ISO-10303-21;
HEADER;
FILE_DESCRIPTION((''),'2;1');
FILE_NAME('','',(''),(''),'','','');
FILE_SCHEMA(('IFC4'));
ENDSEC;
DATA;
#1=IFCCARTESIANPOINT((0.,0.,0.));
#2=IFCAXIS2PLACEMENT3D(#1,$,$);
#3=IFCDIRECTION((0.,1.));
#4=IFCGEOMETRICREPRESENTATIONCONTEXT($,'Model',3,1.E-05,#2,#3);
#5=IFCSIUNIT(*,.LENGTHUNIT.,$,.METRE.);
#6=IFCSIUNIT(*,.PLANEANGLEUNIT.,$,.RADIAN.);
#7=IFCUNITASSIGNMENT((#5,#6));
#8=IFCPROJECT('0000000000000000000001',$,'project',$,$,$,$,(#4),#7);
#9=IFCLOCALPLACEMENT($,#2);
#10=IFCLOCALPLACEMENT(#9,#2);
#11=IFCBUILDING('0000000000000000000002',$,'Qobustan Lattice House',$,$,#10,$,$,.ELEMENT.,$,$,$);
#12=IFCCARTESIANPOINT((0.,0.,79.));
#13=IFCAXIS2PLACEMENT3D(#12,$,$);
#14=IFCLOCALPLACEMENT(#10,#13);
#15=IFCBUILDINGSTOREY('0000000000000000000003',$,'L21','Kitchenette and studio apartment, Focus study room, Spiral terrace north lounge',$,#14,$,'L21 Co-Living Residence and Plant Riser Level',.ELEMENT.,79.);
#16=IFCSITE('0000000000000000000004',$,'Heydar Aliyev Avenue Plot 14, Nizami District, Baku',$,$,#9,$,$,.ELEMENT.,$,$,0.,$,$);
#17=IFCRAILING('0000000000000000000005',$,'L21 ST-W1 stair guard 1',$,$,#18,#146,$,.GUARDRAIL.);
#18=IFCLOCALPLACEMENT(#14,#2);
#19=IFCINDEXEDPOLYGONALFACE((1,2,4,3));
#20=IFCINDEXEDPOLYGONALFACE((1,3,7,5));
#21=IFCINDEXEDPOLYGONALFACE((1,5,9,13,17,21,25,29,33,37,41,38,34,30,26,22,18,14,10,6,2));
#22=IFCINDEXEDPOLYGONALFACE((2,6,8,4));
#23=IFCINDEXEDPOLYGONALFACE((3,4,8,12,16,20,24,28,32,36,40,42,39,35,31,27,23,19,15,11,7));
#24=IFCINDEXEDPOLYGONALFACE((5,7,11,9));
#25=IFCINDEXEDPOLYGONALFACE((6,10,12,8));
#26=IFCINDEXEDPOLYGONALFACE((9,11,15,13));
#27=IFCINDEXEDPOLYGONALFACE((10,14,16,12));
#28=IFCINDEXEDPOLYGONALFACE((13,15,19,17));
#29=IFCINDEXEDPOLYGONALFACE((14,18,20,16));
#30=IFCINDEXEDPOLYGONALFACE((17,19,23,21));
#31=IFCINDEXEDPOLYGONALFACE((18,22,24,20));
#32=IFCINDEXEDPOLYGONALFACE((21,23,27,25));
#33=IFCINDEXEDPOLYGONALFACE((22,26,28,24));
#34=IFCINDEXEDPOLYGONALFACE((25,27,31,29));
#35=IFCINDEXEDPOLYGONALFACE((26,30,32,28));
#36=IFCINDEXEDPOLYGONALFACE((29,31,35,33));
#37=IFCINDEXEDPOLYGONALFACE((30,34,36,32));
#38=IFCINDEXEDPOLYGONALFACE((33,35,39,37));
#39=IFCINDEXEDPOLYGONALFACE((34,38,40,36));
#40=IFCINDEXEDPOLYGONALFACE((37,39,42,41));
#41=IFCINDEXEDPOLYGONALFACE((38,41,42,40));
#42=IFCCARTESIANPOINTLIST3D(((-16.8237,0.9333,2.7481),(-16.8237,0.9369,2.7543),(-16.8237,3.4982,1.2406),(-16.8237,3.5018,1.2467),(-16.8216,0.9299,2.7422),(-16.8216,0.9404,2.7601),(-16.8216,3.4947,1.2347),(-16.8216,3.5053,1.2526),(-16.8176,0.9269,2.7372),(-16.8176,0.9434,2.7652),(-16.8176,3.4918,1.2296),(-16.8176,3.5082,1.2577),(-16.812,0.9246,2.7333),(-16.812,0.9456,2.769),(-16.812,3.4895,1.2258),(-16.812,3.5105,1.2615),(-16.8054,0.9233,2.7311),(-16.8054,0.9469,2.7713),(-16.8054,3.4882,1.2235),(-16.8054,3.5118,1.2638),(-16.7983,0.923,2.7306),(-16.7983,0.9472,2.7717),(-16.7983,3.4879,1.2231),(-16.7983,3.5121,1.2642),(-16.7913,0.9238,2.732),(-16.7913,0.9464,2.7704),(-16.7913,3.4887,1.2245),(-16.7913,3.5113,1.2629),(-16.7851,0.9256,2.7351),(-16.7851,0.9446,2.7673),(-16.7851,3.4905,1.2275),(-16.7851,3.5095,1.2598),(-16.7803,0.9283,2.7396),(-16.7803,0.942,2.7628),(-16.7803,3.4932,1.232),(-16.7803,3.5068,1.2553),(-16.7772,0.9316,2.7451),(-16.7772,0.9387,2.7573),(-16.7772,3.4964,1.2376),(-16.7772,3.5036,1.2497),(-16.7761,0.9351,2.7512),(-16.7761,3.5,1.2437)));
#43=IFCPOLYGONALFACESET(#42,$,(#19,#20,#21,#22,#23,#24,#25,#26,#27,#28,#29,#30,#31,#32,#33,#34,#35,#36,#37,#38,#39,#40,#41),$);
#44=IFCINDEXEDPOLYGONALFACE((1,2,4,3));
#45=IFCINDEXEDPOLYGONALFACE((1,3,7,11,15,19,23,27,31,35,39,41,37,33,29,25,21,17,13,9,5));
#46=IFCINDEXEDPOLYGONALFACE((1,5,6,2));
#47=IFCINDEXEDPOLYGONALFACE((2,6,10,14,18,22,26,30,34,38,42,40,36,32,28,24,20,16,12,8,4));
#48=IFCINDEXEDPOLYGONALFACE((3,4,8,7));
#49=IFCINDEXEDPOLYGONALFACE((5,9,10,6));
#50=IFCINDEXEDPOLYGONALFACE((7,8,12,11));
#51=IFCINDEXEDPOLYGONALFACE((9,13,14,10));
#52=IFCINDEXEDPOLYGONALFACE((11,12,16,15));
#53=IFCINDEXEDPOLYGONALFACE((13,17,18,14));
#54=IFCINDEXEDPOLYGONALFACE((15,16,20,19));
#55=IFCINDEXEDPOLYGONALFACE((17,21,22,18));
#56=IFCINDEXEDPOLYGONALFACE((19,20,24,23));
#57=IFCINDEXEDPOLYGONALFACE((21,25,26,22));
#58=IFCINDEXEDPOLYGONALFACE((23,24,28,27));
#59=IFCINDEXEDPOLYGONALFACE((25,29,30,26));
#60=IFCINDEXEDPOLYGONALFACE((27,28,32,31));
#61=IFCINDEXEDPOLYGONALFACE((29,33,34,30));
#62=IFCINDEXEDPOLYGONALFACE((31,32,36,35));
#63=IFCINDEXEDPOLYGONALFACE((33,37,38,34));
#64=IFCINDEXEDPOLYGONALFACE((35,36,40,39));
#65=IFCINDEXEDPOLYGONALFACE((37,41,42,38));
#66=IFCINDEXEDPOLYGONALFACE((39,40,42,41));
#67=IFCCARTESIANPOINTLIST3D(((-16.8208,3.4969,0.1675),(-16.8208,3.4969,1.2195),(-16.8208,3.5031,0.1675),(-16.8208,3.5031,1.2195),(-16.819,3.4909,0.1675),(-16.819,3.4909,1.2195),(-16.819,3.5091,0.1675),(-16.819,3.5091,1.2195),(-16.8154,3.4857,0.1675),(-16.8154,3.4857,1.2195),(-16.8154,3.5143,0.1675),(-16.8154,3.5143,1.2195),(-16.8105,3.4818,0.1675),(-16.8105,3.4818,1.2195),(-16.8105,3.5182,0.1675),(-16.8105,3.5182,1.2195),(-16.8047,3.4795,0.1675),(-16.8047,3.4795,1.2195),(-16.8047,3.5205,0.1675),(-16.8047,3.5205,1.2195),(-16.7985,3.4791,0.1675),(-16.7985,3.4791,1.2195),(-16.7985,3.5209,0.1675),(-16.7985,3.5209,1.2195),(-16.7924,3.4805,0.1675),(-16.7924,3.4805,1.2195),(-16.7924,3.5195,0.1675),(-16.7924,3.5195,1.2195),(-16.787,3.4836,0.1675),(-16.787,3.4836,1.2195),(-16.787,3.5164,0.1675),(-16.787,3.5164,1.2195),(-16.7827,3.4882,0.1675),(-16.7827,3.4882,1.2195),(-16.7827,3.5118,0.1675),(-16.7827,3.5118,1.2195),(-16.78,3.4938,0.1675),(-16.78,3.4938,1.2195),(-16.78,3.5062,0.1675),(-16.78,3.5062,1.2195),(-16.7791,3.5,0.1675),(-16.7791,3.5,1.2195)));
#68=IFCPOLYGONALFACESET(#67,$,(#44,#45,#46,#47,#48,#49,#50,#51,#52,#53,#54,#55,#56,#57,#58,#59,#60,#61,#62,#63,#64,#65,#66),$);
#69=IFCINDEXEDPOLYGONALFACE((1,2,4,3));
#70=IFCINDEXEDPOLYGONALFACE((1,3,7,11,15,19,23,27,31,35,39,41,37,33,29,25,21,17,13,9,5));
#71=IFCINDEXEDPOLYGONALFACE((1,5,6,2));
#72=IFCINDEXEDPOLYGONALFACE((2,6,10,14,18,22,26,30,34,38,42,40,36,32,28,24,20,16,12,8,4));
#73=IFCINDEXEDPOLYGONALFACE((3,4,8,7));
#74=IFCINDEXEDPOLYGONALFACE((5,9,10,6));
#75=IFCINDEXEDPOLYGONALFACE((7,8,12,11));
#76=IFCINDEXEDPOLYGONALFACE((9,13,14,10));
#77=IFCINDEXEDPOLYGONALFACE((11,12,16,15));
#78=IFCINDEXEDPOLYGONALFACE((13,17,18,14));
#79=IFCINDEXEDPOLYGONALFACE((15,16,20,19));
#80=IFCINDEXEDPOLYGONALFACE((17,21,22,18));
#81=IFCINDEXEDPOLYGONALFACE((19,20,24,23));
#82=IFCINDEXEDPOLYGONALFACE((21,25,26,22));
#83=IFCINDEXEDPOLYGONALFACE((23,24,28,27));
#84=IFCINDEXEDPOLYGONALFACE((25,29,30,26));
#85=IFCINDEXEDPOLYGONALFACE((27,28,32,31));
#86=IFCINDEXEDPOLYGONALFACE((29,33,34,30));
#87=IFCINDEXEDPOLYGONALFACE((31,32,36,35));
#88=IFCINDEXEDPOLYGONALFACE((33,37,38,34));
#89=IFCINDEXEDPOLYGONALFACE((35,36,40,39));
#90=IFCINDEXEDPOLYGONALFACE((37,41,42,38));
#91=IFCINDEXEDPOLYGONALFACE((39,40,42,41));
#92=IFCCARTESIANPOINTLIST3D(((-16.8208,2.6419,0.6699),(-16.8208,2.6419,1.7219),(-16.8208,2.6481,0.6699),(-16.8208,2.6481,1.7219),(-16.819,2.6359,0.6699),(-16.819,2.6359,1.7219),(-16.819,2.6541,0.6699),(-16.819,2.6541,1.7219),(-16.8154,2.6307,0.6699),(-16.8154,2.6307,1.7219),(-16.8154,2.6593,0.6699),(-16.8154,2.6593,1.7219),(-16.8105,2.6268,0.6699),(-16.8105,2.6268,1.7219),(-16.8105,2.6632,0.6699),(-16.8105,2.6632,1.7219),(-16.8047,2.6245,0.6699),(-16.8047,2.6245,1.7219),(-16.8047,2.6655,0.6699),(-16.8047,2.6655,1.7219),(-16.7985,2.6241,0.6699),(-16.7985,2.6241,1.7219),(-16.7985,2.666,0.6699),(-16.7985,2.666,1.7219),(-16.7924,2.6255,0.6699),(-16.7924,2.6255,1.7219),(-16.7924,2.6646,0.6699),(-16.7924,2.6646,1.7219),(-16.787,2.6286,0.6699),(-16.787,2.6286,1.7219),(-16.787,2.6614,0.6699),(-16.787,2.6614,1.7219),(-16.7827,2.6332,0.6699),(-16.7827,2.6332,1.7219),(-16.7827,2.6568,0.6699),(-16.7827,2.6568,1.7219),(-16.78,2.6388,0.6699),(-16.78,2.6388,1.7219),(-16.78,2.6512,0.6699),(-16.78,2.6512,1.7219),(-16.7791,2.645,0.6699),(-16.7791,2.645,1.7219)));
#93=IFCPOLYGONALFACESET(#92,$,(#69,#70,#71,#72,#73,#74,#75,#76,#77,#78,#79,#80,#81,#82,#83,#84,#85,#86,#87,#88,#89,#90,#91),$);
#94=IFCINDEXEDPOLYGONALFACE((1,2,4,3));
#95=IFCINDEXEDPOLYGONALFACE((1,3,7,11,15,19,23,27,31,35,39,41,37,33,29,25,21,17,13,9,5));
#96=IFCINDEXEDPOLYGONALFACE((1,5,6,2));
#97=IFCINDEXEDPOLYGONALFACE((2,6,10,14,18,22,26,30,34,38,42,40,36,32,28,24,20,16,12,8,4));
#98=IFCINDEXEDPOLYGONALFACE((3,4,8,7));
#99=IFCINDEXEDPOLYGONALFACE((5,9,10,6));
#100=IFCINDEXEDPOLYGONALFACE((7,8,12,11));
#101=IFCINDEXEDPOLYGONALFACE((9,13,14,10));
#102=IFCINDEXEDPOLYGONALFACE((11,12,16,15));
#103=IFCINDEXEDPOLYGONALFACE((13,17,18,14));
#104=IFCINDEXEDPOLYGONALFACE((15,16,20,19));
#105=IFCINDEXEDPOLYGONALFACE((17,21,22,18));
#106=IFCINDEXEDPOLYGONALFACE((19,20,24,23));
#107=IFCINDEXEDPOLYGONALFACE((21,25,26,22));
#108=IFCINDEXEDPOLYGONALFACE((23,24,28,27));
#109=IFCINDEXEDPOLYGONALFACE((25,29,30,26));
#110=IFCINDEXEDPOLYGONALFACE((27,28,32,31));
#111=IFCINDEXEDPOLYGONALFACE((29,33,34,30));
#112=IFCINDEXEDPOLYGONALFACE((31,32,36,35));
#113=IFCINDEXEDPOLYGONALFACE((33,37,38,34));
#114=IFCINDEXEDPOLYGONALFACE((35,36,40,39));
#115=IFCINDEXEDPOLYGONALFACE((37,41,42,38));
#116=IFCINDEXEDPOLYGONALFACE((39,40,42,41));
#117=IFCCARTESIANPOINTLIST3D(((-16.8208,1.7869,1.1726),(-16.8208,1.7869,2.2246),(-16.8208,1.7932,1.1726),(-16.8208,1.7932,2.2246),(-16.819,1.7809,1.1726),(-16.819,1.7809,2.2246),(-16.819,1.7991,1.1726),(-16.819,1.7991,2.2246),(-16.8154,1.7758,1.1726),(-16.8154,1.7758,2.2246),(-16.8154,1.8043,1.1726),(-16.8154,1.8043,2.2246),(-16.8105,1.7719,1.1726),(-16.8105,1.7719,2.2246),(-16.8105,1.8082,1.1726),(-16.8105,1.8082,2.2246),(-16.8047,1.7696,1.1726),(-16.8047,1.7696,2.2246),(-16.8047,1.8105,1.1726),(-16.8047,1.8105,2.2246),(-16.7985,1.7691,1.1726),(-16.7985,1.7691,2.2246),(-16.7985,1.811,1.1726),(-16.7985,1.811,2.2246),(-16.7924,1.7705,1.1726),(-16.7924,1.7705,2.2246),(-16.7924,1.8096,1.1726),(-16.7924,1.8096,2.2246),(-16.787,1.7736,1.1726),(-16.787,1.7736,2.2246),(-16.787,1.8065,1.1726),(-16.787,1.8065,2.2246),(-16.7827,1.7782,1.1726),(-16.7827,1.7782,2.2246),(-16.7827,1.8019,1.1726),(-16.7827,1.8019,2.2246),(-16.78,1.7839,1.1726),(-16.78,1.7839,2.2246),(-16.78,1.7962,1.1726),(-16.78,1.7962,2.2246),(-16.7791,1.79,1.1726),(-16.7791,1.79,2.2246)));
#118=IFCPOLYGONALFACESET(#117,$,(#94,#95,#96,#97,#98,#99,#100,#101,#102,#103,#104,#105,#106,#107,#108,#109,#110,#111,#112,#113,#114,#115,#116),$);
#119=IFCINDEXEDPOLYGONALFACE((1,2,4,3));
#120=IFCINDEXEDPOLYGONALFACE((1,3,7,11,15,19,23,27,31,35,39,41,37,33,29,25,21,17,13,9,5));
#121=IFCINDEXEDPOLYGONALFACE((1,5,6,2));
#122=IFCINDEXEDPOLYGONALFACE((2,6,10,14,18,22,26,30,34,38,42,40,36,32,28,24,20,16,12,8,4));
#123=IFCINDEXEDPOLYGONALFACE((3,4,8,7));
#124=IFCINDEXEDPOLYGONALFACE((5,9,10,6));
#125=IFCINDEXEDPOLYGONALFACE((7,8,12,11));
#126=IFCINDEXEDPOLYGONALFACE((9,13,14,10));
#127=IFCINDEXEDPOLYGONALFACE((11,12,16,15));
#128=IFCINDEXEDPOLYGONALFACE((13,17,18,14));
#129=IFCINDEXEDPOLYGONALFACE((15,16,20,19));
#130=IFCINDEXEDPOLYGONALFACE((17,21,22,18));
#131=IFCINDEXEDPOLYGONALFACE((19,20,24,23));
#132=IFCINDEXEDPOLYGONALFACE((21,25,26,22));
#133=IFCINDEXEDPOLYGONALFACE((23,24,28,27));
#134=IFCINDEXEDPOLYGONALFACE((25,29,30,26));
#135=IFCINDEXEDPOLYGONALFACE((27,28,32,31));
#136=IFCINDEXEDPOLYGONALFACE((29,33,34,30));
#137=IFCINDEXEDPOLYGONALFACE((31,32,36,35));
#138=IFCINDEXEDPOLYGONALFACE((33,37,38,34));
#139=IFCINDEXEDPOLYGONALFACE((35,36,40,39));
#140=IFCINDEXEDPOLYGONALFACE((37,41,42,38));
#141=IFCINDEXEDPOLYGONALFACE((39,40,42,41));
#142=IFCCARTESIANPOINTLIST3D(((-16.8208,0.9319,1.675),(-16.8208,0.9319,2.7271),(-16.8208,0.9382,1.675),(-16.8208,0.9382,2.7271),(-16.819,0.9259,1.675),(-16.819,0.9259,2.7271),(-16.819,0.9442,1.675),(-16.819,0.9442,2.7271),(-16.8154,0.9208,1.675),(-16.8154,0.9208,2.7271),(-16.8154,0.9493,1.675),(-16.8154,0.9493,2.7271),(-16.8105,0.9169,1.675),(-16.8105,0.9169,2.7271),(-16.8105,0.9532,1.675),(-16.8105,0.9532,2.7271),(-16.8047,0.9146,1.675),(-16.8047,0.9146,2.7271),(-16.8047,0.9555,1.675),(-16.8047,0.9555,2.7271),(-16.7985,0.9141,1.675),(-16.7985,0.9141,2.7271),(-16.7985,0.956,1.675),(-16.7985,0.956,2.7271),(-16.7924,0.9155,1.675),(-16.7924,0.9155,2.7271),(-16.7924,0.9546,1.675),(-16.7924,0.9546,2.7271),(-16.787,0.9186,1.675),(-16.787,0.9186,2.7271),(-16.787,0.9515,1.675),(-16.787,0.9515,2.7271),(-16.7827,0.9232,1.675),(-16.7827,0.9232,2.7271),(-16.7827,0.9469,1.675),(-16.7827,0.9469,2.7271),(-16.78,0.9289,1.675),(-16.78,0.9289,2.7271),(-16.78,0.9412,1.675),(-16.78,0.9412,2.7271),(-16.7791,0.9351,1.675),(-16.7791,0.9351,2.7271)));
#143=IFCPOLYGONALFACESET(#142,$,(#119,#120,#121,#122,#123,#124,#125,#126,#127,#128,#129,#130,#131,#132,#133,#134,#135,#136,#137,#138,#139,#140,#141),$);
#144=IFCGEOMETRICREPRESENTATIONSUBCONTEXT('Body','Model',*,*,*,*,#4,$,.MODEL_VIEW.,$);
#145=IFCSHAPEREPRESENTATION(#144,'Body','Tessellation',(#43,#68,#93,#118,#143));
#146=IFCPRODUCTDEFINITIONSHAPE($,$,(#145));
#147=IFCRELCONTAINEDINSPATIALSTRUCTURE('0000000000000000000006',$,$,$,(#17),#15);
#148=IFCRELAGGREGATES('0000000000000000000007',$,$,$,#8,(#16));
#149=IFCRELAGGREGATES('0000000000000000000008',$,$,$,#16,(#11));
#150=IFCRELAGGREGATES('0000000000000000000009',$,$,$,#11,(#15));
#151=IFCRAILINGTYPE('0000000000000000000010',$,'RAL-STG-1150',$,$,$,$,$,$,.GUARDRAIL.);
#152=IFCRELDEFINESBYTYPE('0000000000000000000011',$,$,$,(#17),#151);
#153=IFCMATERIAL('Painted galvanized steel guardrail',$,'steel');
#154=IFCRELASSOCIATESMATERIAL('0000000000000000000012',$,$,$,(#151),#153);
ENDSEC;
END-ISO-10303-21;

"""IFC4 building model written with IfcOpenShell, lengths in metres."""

from ifc_helpers import new_model, si_unit, direction, frame, origin, origin_2d, place, context, subcontext, project, spatial, circle, extrude, material, type_object, element, save


model = new_model("IFC4")

# Units and contexts
model_context = context("Model", 3, precision=1e-05, world=origin(), true_north=direction((0.0, 1.0)))
body_context = subcontext(model_context, "Body", "Model", "MODEL_VIEW")
ifc_project = project(units=[si_unit("LENGTHUNIT", "METRE"), si_unit("PLANEANGLEUNIT", "RADIAN")], contexts=[model_context])

# Site, building, storey
site_placement = place(None, origin())
site = spatial("IfcSite", under=ifc_project, at=site_placement, Name="Heydar Aliyev Avenue Plot 14, Nizami District, Baku", CompositionType="ELEMENT", RefElevation=0.0)
building_placement = place(site_placement, origin())
building = spatial("IfcBuilding", under=site, at=building_placement, Name="Qobustan Lattice House", CompositionType="ELEMENT")
storey_placement = place(building_placement, frame((0.0, 0.0, 79.0)))
storey = spatial("IfcBuildingStorey", under=building, at=storey_placement, Name="L21", Description="Kitchenette and studio apartment, Focus study room, Spiral terrace north lounge", LongName="L21 Co-Living Residence and Plant Riser Level", CompositionType="ELEMENT", Elevation=79.0)

# Railing
ifc_material_1 = material(Name="Painted galvanized steel guardrail", Category="steel")
railing_type_1 = type_object("IfcRailingType", Name="RAL-STG-1150", PredefinedType="GUARDRAIL", material=ifc_material_1)
railing_1_placement = place(storey_placement, frame((-16.8, 3.5, 0.1675)))
element("IfcRailing", 1, at=railing_1_placement, inside=storey, type_object=railing_type_1, Name="L21 ST-W1 stair guard 1", PredefinedType="GUARDRAIL", context=body_context, shape_type="SweptSolid", body=[
    extrude(circle(Radius=0.0239, at=origin_2d()), frame((0.0, 0.0, 1.0762), z_axis=(0.0, -0.862113, 0.506715), x_axis=(1.0, 0.0, 0.0)), (0.0, 0.0, 1.0), 2.9751),
    extrude(circle(Radius=0.021, at=origin_2d()), origin(), (0.0, 0.0, 1.0), 1.052),
    extrude(circle(Radius=0.021, at=origin_2d()), frame((0.0, -0.855, 0.5024)), (0.0, 0.0, 1.0), 1.052),
    extrude(circle(Radius=0.021, at=origin_2d()), frame((0.0, -1.71, 1.0051)), (0.0, 0.0, 1.0), 1.052),
    extrude(circle(Radius=0.021, at=origin_2d()), frame((0.0, -2.5649, 1.5076)), (0.0, 0.0, 1.0), 1.052),
])

save(model, "model.ifc")
